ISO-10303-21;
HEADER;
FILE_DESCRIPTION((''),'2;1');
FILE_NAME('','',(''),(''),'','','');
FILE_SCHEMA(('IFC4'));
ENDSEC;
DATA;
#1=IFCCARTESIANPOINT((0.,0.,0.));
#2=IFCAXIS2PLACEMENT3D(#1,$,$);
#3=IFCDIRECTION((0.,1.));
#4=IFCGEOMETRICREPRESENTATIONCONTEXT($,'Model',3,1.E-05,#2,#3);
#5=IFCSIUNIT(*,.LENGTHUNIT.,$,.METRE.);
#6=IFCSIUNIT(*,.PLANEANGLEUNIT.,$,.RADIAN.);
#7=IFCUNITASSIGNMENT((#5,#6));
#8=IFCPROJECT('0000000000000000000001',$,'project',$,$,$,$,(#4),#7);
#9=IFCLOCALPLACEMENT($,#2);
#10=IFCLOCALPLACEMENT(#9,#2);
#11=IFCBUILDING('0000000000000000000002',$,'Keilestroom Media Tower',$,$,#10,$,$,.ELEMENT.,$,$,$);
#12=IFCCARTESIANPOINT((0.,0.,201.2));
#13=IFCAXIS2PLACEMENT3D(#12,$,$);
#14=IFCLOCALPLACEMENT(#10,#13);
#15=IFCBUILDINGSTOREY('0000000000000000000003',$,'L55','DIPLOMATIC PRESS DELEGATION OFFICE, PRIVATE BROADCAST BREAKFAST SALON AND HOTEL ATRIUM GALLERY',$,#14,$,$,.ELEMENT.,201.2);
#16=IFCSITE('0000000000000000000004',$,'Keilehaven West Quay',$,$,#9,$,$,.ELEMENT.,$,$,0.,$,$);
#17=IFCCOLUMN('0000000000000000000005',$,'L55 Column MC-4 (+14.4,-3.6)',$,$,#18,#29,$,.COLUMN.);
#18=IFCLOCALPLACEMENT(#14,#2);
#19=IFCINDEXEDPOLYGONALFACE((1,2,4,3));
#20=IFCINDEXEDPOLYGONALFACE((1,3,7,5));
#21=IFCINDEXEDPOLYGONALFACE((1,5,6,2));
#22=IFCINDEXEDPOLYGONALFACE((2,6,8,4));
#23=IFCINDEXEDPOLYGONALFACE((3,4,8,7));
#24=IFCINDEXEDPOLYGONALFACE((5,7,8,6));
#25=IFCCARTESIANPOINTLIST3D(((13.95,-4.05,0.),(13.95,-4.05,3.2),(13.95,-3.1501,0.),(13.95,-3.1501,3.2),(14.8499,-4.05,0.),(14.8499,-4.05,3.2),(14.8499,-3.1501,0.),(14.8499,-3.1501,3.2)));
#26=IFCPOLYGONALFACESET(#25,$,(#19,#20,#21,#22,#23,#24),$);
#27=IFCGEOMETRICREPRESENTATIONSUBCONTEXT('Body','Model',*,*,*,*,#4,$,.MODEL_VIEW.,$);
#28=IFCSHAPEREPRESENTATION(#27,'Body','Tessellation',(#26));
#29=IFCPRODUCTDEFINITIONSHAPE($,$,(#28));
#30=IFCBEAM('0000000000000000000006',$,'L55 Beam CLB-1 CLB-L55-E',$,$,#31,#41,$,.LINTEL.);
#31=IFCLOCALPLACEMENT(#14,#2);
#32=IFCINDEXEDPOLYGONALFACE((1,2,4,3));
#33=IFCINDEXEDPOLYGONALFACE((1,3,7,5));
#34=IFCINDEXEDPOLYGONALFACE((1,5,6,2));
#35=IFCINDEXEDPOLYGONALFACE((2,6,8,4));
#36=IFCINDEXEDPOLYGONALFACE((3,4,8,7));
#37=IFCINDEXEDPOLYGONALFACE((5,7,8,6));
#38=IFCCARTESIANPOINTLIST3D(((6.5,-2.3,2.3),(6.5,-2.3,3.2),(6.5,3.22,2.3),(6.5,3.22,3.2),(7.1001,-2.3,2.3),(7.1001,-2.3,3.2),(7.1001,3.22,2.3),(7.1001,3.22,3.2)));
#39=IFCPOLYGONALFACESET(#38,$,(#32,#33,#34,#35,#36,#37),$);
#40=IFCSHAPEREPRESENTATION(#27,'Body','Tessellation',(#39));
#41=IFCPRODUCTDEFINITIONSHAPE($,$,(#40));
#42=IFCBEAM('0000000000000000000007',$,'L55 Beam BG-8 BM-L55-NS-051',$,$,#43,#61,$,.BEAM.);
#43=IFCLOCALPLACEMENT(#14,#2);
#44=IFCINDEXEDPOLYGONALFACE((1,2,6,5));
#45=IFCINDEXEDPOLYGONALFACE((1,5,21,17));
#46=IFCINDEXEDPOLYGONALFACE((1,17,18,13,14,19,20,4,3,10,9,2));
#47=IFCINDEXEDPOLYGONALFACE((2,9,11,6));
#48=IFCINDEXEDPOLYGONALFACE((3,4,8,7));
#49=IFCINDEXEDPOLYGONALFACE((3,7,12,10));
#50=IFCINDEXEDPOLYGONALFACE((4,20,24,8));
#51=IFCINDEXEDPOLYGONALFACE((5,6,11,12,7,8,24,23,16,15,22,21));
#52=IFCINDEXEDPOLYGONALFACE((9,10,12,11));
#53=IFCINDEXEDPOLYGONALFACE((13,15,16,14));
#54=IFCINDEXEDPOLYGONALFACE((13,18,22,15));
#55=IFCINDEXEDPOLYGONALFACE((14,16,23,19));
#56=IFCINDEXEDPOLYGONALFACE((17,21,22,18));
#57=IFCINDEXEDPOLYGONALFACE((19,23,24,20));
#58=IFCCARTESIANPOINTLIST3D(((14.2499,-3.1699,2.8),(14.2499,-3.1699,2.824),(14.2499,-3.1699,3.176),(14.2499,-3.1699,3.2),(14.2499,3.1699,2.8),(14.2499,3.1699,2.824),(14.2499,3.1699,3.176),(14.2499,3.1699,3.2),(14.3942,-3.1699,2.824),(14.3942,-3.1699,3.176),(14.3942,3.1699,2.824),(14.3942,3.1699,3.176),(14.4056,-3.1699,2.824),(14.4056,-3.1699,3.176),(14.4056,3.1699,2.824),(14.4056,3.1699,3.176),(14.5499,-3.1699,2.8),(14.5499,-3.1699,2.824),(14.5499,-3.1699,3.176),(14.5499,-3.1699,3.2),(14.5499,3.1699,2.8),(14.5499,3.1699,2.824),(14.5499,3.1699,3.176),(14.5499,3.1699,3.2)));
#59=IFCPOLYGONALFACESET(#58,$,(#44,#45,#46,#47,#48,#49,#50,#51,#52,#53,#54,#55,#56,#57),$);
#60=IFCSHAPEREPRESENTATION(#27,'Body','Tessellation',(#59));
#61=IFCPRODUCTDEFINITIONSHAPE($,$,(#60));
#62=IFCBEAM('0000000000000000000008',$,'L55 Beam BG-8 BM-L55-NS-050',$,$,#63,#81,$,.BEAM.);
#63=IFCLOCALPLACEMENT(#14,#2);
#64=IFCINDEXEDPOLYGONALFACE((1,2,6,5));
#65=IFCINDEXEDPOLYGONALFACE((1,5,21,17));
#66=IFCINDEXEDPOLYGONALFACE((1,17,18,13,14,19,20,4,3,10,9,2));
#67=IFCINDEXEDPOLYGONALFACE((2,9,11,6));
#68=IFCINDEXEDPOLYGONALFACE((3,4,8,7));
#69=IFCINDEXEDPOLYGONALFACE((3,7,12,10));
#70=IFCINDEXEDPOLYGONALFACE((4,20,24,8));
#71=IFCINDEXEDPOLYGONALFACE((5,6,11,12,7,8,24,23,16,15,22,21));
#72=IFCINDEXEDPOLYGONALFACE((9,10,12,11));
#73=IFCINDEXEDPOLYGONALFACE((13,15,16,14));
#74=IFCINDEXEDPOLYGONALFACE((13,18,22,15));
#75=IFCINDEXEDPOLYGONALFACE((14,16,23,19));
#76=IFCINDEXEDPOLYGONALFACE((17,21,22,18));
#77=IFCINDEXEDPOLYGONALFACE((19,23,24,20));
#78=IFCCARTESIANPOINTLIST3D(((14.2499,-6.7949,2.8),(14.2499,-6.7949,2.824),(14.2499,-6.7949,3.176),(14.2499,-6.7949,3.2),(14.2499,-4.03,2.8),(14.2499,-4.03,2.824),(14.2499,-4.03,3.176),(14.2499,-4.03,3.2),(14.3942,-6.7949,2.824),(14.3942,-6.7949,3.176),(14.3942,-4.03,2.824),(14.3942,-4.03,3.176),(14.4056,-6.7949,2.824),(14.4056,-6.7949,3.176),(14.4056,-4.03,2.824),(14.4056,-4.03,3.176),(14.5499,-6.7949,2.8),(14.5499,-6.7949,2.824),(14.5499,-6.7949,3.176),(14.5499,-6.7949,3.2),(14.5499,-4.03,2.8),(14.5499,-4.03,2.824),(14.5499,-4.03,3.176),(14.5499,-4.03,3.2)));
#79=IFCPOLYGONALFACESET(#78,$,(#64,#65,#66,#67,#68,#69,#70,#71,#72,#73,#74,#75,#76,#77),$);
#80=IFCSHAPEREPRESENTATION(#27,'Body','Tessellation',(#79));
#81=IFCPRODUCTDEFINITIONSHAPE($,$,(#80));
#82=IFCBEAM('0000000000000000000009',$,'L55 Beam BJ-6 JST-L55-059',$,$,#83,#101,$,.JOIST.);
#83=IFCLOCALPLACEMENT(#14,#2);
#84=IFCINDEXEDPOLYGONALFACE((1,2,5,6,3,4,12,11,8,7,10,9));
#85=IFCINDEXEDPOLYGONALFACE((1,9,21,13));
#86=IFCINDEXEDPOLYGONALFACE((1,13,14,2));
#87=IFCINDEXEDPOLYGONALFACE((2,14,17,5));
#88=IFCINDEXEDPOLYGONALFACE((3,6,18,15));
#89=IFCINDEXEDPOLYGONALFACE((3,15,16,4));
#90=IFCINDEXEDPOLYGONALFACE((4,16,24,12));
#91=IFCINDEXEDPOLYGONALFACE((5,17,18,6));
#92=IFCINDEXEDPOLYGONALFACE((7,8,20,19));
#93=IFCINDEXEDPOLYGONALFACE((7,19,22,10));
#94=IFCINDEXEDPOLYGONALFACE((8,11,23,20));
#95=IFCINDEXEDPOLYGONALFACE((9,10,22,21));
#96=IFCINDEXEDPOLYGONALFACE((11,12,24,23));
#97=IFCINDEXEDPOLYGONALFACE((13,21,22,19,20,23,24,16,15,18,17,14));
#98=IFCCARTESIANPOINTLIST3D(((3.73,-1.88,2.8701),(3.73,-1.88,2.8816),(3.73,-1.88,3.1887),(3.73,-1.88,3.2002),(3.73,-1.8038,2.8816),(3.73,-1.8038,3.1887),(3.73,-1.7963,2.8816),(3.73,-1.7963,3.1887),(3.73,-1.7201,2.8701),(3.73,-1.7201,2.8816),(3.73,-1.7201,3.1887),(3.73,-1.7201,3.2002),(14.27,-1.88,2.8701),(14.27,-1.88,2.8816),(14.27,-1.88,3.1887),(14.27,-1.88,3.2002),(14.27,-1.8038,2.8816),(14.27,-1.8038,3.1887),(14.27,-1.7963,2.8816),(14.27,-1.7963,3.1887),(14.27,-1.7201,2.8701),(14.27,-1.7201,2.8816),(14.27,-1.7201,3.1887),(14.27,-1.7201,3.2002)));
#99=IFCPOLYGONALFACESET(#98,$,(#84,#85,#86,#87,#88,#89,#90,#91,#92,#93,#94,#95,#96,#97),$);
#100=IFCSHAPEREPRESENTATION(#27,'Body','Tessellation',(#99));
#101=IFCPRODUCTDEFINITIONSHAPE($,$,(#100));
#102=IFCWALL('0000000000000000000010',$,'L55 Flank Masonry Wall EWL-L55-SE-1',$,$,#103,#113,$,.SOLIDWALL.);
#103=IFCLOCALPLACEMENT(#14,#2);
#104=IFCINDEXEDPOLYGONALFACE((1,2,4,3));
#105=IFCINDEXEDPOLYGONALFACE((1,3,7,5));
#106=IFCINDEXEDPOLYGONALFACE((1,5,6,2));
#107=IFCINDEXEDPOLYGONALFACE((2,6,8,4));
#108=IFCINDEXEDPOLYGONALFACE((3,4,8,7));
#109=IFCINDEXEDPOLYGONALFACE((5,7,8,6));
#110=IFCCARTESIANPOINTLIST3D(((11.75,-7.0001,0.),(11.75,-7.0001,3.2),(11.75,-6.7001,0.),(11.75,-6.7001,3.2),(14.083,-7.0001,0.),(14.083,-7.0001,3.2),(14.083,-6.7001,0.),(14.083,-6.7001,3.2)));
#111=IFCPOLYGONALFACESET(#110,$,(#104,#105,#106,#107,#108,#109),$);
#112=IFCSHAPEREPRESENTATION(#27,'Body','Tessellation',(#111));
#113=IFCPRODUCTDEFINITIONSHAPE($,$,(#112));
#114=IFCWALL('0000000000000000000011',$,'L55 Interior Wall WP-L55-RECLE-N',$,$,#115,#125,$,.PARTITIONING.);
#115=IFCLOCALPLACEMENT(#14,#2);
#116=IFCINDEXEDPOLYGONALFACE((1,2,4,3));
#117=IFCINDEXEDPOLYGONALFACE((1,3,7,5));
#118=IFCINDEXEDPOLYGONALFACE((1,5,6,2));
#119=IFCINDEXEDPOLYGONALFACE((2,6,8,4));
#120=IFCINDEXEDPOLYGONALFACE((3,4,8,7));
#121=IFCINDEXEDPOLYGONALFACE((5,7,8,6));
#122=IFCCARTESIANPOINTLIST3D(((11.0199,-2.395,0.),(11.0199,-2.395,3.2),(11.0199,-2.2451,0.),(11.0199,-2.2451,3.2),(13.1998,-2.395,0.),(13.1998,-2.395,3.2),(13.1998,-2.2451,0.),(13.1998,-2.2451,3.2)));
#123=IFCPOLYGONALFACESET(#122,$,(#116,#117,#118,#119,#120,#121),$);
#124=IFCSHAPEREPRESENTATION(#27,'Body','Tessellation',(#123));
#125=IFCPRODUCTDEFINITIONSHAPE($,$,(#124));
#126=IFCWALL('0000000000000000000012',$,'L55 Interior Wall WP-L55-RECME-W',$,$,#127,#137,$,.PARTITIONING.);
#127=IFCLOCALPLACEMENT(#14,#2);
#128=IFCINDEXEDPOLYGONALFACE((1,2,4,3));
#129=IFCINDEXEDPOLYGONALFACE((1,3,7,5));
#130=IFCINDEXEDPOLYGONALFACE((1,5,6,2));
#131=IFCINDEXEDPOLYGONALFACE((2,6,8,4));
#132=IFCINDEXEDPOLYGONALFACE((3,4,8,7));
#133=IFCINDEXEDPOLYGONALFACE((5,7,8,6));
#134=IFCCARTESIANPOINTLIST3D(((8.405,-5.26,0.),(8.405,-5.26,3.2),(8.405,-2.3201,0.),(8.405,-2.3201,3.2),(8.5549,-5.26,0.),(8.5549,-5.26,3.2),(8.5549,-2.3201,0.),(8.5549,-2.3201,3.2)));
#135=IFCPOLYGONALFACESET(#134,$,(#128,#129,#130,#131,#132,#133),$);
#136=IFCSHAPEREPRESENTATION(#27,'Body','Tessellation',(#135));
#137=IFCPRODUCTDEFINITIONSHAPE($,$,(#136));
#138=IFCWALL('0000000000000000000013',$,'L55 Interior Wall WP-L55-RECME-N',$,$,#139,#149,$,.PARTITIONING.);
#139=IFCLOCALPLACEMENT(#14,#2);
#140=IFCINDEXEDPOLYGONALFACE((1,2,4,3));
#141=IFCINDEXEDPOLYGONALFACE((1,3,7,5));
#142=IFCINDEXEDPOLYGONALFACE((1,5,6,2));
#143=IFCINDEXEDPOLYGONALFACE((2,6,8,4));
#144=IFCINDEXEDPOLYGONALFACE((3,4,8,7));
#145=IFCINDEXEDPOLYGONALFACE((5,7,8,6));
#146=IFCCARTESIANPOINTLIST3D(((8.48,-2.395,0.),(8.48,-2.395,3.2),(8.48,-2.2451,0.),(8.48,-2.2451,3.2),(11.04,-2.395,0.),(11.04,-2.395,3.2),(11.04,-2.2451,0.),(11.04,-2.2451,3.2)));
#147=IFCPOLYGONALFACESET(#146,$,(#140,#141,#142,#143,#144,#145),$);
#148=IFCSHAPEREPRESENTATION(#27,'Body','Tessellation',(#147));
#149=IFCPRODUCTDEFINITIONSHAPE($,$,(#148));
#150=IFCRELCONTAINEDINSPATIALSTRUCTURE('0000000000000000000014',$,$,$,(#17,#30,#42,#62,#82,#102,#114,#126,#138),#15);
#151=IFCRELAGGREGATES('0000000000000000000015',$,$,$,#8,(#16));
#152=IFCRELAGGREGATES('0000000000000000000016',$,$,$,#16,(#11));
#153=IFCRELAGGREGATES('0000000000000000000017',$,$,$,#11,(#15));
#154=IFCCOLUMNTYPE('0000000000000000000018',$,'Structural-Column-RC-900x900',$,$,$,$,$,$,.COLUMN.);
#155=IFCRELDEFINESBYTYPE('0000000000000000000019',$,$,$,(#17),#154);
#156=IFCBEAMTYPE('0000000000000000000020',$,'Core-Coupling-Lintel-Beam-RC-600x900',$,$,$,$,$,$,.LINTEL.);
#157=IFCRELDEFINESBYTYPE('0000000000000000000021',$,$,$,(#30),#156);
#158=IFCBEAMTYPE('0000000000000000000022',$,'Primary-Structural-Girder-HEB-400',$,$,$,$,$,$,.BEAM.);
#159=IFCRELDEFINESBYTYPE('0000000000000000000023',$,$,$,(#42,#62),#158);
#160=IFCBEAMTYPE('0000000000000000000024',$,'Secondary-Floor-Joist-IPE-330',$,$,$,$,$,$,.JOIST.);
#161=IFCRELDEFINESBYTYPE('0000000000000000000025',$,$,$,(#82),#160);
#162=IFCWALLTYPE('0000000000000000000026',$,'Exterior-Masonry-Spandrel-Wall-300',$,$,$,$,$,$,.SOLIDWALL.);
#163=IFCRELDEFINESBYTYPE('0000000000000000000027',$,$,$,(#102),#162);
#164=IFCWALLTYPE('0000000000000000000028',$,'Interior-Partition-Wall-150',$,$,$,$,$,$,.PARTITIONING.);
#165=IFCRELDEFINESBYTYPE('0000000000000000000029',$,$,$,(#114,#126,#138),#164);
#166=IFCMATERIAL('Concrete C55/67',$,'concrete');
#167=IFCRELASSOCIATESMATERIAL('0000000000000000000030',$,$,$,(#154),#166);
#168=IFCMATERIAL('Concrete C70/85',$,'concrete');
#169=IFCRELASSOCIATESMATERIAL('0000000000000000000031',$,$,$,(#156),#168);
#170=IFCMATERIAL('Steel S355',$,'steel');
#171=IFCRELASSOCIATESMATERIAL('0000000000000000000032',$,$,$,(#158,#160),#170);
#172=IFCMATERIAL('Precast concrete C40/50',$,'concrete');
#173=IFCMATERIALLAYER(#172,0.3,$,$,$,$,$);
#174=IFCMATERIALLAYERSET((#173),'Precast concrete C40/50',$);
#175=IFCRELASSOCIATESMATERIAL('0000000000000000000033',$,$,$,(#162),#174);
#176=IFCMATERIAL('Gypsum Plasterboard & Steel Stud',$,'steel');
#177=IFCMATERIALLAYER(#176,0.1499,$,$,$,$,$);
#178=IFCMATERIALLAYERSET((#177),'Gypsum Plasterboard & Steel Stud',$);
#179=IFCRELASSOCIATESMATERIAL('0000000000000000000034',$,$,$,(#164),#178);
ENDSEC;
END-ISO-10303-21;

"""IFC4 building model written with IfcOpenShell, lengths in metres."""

from ifc_helpers import new_model, si_unit, direction, frame, frame_2d, origin, origin_2d, place, context, subcontext, project, spatial, rectangle, i_section, extrude, source, transform, mapped, material, layer, layer_set, material_profile, profile_set, type_object, element, save


model = new_model("IFC4")

# Units and contexts
model_context = context("Model", 3, precision=1e-05, world=origin(), true_north=direction((0.0, 1.0)))
body_context = subcontext(model_context, "Body", "Model", "MODEL_VIEW")
ifc_project = project(units=[si_unit("LENGTHUNIT", "METRE"), si_unit("PLANEANGLEUNIT", "RADIAN")], contexts=[model_context])

# Site, building, storey
site_placement = place(None, origin())
site = spatial("IfcSite", under=ifc_project, at=site_placement, Name="Keilehaven West Quay", CompositionType="ELEMENT", RefElevation=0.0)
building_placement = place(site_placement, origin())
building = spatial("IfcBuilding", under=site, at=building_placement, Name="Keilestroom Media Tower", CompositionType="ELEMENT")
storey_placement = place(building_placement, frame((0.0, 0.0, 201.2)))
storey = spatial("IfcBuildingStorey", under=building, at=storey_placement, Name="L55", Description="DIPLOMATIC PRESS DELEGATION OFFICE, PRIVATE BROADCAST BREAKFAST SALON AND HOTEL ATRIUM GALLERY", CompositionType="ELEMENT", Elevation=201.2)

# Column
ifc_material_1 = material(Name="Concrete C55/67", Category="concrete")
ifc_material_profile_1 = material_profile(ifc_material_1, rectangle(XDim=0.8999, YDim=0.8999, at=origin_2d()), Name="RC 900x900")
ifc_profile_set_1 = profile_set([ifc_material_profile_1], Name="Concrete C55/67")
column_type = type_object("IfcColumnType", Name="Structural-Column-RC-900x900", PredefinedType="COLUMN", material=ifc_profile_set_1)
shared_shape_1 = source(origin(), body_context, "Body", "SweptSolid", [
    extrude(rectangle(XDim=0.8999, YDim=0.8999, at=origin_2d()), origin(), (0.0, 0.0, 1.0), 3.2),
])
column_placement = place(storey_placement, frame((14.3999, -3.6001, 0.0), z_axis=(0.0, 0.0, 1.0), x_axis=(1.0, 0.0, 0.0)))
element("IfcColumn", 1, at=column_placement, inside=storey, type_object=column_type, Name="L55 Column MC-4 (+14.4,-3.6)", PredefinedType="COLUMN", context=body_context, shape_type="MappedRepresentation", body=[
    mapped(shared_shape_1, transform((0.0, 0.0, 0.0), x_axis=(1.0, 0.0, 0.0), y_axis=(0.0, 1.0, 0.0), z_axis=(0.0, 0.0, 1.0), scale=1.0)),
])

# Beams
ifc_material_2 = material(Name="Concrete C70/85", Category="concrete")
ifc_material_profile_2 = material_profile(ifc_material_2, rectangle(XDim=0.6001, YDim=0.8999, at=origin_2d()), Name="RC 600x900")
ifc_profile_set_2 = profile_set([ifc_material_profile_2], Name="Concrete C70/85")
beam_type_1 = type_object("IfcBeamType", Name="Core-Coupling-Lintel-Beam-RC-600x900", PredefinedType="LINTEL", material=ifc_profile_set_2)
shared_shape_2 = source(origin(), body_context, "Body", "SweptSolid", [
    extrude(rectangle(XDim=0.6001, YDim=0.8999, at=origin_2d()), origin(), (0.0, 0.0, 1.0), 5.52),
])
beam_1_placement = place(storey_placement, frame((6.8, -2.3, 2.75), z_axis=(0.0, 1.0, 0.0), x_axis=(-1.0, 0.0, 0.0)))
element("IfcBeam", 2, at=beam_1_placement, inside=storey, type_object=beam_type_1, Name="L55 Beam CLB-1 CLB-L55-E", PredefinedType="LINTEL", context=body_context, shape_type="MappedRepresentation", body=[
    mapped(shared_shape_2, transform((0.0, 0.0, 0.0), x_axis=(1.0, 0.0, 0.0), y_axis=(0.0, 1.0, 0.0), z_axis=(0.0, 0.0, 1.0), scale=1.0)),
])
ifc_material_3 = material(Name="Steel S355", Category="steel")
ifc_material_profile_3 = material_profile(ifc_material_3, i_section(OverallWidth=0.3, OverallDepth=0.3999, WebThickness=0.0115, FlangeThickness=0.0239, at=origin_2d()), Name="HEB 400")
ifc_profile_set_3 = profile_set([ifc_material_profile_3], Name="Steel S355")
beam_type_2 = type_object("IfcBeamType", Name="Primary-Structural-Girder-HEB-400", PredefinedType="BEAM", material=ifc_profile_set_3)
shared_shape_3 = source(origin(), body_context, "Body", "SweptSolid", [
    extrude(i_section(OverallWidth=0.3, OverallDepth=0.3999, WebThickness=0.0115, FlangeThickness=0.0239, at=origin_2d()), origin(), (0.0, 0.0, 1.0), 6.3398),
])
beam_2_placement = place(storey_placement, frame((14.3999, -3.1699, 3.0), z_axis=(0.0, 1.0, 0.0), x_axis=(-1.0, 0.0, 0.0)))
element("IfcBeam", 3, at=beam_2_placement, inside=storey, type_object=beam_type_2, Name="L55 Beam BG-8 BM-L55-NS-051", PredefinedType="BEAM", context=body_context, shape_type="MappedRepresentation", body=[
    mapped(shared_shape_3, transform((0.0, 0.0, 0.0), x_axis=(1.0, 0.0, 0.0), y_axis=(0.0, 1.0, 0.0), z_axis=(0.0, 0.0, 1.0), scale=1.0)),
])
shared_shape_4 = source(origin(), body_context, "Body", "SweptSolid", [
    extrude(i_section(OverallWidth=0.3, OverallDepth=0.3999, WebThickness=0.0115, FlangeThickness=0.0239, at=origin_2d()), origin(), (0.0, 0.0, 1.0), 2.7649),
])
beam_3_placement = place(storey_placement, frame((14.3999, -6.7949, 3.0), z_axis=(0.0, 1.0, 0.0), x_axis=(-1.0, 0.0, 0.0)))
element("IfcBeam", 4, at=beam_3_placement, inside=storey, type_object=beam_type_2, Name="L55 Beam BG-8 BM-L55-NS-050", PredefinedType="BEAM", context=body_context, shape_type="MappedRepresentation", body=[
    mapped(shared_shape_4, transform((0.0, 0.0, 0.0), x_axis=(1.0, 0.0, 0.0), y_axis=(0.0, 1.0, 0.0), z_axis=(0.0, 0.0, 1.0), scale=1.0)),
])
ifc_material_profile_4 = material_profile(ifc_material_3, i_section(OverallWidth=0.1599, OverallDepth=0.3301, WebThickness=0.0076, FlangeThickness=0.0115, at=origin_2d()), Name="IPE 330")
ifc_profile_set_4 = profile_set([ifc_material_profile_4], Name="Steel S355")
beam_type_3 = type_object("IfcBeamType", Name="Secondary-Floor-Joist-IPE-330", PredefinedType="JOIST", material=ifc_profile_set_4)
shared_shape_5 = source(origin(), body_context, "Body", "SweptSolid", [
    extrude(i_section(OverallWidth=0.1599, OverallDepth=0.3301, WebThickness=0.0076, FlangeThickness=0.0115, at=origin_2d()), origin(), (0.0, 0.0, 1.0), 10.54),
])
beam_4_placement = place(storey_placement, frame((3.73, -1.8, 3.0352), z_axis=(1.0, 0.0, 0.0), x_axis=(0.0, 1.0, 0.0)))
element("IfcBeam", 5, at=beam_4_placement, inside=storey, type_object=beam_type_3, Name="L55 Beam BJ-6 JST-L55-059", PredefinedType="JOIST", context=body_context, shape_type="MappedRepresentation", body=[
    mapped(shared_shape_5, transform((0.0, 0.0, 0.0), x_axis=(1.0, 0.0, 0.0), y_axis=(0.0, 1.0, 0.0), z_axis=(0.0, 0.0, 1.0), scale=1.0)),
])

# Walls
ifc_material_4 = material(Name="Precast concrete C40/50", Category="concrete")
ifc_layer_1 = layer(ifc_material_4, 0.3)
ifc_layer_set_1 = layer_set([ifc_layer_1], Name="Precast concrete C40/50")
wall_type_1 = type_object("IfcWallType", Name="Exterior-Masonry-Spandrel-Wall-300", PredefinedType="SOLIDWALL", material=ifc_layer_set_1)
wall_1_placement = place(storey_placement, frame((11.75, -6.8501, 0.0), z_axis=(0.0, 0.0, 1.0), x_axis=(1.0, 0.0, 0.0)))
element("IfcWall", 6, at=wall_1_placement, inside=storey, type_object=wall_type_1, Name="L55 Flank Masonry Wall EWL-L55-SE-1", PredefinedType="SOLIDWALL", context=body_context, shape_type="SweptSolid", body=[
    extrude(rectangle(XDim=2.333, YDim=0.3, at=frame_2d((1.1665, 0.0))), origin(), (0.0, 0.0, 1.0), 3.2),
])
ifc_material_5 = material(Name="Gypsum Plasterboard & Steel Stud", Category="steel")
ifc_layer_2 = layer(ifc_material_5, 0.1499)
ifc_layer_set_2 = layer_set([ifc_layer_2], Name="Gypsum Plasterboard & Steel Stud")
wall_type_2 = type_object("IfcWallType", Name="Interior-Partition-Wall-150", PredefinedType="PARTITIONING", material=ifc_layer_set_2)
wall_2_placement = place(storey_placement, frame((11.02, -2.3201, 0.0), z_axis=(0.0, 0.0, 1.0), x_axis=(1.0, 0.0, 0.0)))
element("IfcWall", 7, at=wall_2_placement, inside=storey, type_object=wall_type_2, Name="L55 Interior Wall WP-L55-RECLE-N", PredefinedType="PARTITIONING", context=body_context, shape_type="SweptSolid", body=[
    extrude(rectangle(XDim=2.1799, YDim=0.1499, at=frame_2d((1.0898, 0.0))), origin(), (0.0, 0.0, 1.0), 3.2),
])
wall_3_placement = place(storey_placement, frame((8.48, -5.26, 0.0), z_axis=(0.0, 0.0, 1.0), x_axis=(0.0, 1.0, 0.0)))
element("IfcWall", 8, at=wall_3_placement, inside=storey, type_object=wall_type_2, Name="L55 Interior Wall WP-L55-RECME-W", PredefinedType="PARTITIONING", context=body_context, shape_type="SweptSolid", body=[
    extrude(rectangle(XDim=2.9399, YDim=0.1499, at=frame_2d((1.47, 0.0))), origin(), (0.0, 0.0, 1.0), 3.2),
])
wall_4_placement = place(storey_placement, frame((8.48, -2.3201, 0.0), z_axis=(0.0, 0.0, 1.0), x_axis=(1.0, 0.0, 0.0)))
element("IfcWall", 9, at=wall_4_placement, inside=storey, type_object=wall_type_2, Name="L55 Interior Wall WP-L55-RECME-N", PredefinedType="PARTITIONING", context=body_context, shape_type="SweptSolid", body=[
    extrude(rectangle(XDim=2.5601, YDim=0.1499, at=frame_2d((1.28, 0.0))), origin(), (0.0, 0.0, 1.0), 3.2),
])

save(model, "model.ifc")
